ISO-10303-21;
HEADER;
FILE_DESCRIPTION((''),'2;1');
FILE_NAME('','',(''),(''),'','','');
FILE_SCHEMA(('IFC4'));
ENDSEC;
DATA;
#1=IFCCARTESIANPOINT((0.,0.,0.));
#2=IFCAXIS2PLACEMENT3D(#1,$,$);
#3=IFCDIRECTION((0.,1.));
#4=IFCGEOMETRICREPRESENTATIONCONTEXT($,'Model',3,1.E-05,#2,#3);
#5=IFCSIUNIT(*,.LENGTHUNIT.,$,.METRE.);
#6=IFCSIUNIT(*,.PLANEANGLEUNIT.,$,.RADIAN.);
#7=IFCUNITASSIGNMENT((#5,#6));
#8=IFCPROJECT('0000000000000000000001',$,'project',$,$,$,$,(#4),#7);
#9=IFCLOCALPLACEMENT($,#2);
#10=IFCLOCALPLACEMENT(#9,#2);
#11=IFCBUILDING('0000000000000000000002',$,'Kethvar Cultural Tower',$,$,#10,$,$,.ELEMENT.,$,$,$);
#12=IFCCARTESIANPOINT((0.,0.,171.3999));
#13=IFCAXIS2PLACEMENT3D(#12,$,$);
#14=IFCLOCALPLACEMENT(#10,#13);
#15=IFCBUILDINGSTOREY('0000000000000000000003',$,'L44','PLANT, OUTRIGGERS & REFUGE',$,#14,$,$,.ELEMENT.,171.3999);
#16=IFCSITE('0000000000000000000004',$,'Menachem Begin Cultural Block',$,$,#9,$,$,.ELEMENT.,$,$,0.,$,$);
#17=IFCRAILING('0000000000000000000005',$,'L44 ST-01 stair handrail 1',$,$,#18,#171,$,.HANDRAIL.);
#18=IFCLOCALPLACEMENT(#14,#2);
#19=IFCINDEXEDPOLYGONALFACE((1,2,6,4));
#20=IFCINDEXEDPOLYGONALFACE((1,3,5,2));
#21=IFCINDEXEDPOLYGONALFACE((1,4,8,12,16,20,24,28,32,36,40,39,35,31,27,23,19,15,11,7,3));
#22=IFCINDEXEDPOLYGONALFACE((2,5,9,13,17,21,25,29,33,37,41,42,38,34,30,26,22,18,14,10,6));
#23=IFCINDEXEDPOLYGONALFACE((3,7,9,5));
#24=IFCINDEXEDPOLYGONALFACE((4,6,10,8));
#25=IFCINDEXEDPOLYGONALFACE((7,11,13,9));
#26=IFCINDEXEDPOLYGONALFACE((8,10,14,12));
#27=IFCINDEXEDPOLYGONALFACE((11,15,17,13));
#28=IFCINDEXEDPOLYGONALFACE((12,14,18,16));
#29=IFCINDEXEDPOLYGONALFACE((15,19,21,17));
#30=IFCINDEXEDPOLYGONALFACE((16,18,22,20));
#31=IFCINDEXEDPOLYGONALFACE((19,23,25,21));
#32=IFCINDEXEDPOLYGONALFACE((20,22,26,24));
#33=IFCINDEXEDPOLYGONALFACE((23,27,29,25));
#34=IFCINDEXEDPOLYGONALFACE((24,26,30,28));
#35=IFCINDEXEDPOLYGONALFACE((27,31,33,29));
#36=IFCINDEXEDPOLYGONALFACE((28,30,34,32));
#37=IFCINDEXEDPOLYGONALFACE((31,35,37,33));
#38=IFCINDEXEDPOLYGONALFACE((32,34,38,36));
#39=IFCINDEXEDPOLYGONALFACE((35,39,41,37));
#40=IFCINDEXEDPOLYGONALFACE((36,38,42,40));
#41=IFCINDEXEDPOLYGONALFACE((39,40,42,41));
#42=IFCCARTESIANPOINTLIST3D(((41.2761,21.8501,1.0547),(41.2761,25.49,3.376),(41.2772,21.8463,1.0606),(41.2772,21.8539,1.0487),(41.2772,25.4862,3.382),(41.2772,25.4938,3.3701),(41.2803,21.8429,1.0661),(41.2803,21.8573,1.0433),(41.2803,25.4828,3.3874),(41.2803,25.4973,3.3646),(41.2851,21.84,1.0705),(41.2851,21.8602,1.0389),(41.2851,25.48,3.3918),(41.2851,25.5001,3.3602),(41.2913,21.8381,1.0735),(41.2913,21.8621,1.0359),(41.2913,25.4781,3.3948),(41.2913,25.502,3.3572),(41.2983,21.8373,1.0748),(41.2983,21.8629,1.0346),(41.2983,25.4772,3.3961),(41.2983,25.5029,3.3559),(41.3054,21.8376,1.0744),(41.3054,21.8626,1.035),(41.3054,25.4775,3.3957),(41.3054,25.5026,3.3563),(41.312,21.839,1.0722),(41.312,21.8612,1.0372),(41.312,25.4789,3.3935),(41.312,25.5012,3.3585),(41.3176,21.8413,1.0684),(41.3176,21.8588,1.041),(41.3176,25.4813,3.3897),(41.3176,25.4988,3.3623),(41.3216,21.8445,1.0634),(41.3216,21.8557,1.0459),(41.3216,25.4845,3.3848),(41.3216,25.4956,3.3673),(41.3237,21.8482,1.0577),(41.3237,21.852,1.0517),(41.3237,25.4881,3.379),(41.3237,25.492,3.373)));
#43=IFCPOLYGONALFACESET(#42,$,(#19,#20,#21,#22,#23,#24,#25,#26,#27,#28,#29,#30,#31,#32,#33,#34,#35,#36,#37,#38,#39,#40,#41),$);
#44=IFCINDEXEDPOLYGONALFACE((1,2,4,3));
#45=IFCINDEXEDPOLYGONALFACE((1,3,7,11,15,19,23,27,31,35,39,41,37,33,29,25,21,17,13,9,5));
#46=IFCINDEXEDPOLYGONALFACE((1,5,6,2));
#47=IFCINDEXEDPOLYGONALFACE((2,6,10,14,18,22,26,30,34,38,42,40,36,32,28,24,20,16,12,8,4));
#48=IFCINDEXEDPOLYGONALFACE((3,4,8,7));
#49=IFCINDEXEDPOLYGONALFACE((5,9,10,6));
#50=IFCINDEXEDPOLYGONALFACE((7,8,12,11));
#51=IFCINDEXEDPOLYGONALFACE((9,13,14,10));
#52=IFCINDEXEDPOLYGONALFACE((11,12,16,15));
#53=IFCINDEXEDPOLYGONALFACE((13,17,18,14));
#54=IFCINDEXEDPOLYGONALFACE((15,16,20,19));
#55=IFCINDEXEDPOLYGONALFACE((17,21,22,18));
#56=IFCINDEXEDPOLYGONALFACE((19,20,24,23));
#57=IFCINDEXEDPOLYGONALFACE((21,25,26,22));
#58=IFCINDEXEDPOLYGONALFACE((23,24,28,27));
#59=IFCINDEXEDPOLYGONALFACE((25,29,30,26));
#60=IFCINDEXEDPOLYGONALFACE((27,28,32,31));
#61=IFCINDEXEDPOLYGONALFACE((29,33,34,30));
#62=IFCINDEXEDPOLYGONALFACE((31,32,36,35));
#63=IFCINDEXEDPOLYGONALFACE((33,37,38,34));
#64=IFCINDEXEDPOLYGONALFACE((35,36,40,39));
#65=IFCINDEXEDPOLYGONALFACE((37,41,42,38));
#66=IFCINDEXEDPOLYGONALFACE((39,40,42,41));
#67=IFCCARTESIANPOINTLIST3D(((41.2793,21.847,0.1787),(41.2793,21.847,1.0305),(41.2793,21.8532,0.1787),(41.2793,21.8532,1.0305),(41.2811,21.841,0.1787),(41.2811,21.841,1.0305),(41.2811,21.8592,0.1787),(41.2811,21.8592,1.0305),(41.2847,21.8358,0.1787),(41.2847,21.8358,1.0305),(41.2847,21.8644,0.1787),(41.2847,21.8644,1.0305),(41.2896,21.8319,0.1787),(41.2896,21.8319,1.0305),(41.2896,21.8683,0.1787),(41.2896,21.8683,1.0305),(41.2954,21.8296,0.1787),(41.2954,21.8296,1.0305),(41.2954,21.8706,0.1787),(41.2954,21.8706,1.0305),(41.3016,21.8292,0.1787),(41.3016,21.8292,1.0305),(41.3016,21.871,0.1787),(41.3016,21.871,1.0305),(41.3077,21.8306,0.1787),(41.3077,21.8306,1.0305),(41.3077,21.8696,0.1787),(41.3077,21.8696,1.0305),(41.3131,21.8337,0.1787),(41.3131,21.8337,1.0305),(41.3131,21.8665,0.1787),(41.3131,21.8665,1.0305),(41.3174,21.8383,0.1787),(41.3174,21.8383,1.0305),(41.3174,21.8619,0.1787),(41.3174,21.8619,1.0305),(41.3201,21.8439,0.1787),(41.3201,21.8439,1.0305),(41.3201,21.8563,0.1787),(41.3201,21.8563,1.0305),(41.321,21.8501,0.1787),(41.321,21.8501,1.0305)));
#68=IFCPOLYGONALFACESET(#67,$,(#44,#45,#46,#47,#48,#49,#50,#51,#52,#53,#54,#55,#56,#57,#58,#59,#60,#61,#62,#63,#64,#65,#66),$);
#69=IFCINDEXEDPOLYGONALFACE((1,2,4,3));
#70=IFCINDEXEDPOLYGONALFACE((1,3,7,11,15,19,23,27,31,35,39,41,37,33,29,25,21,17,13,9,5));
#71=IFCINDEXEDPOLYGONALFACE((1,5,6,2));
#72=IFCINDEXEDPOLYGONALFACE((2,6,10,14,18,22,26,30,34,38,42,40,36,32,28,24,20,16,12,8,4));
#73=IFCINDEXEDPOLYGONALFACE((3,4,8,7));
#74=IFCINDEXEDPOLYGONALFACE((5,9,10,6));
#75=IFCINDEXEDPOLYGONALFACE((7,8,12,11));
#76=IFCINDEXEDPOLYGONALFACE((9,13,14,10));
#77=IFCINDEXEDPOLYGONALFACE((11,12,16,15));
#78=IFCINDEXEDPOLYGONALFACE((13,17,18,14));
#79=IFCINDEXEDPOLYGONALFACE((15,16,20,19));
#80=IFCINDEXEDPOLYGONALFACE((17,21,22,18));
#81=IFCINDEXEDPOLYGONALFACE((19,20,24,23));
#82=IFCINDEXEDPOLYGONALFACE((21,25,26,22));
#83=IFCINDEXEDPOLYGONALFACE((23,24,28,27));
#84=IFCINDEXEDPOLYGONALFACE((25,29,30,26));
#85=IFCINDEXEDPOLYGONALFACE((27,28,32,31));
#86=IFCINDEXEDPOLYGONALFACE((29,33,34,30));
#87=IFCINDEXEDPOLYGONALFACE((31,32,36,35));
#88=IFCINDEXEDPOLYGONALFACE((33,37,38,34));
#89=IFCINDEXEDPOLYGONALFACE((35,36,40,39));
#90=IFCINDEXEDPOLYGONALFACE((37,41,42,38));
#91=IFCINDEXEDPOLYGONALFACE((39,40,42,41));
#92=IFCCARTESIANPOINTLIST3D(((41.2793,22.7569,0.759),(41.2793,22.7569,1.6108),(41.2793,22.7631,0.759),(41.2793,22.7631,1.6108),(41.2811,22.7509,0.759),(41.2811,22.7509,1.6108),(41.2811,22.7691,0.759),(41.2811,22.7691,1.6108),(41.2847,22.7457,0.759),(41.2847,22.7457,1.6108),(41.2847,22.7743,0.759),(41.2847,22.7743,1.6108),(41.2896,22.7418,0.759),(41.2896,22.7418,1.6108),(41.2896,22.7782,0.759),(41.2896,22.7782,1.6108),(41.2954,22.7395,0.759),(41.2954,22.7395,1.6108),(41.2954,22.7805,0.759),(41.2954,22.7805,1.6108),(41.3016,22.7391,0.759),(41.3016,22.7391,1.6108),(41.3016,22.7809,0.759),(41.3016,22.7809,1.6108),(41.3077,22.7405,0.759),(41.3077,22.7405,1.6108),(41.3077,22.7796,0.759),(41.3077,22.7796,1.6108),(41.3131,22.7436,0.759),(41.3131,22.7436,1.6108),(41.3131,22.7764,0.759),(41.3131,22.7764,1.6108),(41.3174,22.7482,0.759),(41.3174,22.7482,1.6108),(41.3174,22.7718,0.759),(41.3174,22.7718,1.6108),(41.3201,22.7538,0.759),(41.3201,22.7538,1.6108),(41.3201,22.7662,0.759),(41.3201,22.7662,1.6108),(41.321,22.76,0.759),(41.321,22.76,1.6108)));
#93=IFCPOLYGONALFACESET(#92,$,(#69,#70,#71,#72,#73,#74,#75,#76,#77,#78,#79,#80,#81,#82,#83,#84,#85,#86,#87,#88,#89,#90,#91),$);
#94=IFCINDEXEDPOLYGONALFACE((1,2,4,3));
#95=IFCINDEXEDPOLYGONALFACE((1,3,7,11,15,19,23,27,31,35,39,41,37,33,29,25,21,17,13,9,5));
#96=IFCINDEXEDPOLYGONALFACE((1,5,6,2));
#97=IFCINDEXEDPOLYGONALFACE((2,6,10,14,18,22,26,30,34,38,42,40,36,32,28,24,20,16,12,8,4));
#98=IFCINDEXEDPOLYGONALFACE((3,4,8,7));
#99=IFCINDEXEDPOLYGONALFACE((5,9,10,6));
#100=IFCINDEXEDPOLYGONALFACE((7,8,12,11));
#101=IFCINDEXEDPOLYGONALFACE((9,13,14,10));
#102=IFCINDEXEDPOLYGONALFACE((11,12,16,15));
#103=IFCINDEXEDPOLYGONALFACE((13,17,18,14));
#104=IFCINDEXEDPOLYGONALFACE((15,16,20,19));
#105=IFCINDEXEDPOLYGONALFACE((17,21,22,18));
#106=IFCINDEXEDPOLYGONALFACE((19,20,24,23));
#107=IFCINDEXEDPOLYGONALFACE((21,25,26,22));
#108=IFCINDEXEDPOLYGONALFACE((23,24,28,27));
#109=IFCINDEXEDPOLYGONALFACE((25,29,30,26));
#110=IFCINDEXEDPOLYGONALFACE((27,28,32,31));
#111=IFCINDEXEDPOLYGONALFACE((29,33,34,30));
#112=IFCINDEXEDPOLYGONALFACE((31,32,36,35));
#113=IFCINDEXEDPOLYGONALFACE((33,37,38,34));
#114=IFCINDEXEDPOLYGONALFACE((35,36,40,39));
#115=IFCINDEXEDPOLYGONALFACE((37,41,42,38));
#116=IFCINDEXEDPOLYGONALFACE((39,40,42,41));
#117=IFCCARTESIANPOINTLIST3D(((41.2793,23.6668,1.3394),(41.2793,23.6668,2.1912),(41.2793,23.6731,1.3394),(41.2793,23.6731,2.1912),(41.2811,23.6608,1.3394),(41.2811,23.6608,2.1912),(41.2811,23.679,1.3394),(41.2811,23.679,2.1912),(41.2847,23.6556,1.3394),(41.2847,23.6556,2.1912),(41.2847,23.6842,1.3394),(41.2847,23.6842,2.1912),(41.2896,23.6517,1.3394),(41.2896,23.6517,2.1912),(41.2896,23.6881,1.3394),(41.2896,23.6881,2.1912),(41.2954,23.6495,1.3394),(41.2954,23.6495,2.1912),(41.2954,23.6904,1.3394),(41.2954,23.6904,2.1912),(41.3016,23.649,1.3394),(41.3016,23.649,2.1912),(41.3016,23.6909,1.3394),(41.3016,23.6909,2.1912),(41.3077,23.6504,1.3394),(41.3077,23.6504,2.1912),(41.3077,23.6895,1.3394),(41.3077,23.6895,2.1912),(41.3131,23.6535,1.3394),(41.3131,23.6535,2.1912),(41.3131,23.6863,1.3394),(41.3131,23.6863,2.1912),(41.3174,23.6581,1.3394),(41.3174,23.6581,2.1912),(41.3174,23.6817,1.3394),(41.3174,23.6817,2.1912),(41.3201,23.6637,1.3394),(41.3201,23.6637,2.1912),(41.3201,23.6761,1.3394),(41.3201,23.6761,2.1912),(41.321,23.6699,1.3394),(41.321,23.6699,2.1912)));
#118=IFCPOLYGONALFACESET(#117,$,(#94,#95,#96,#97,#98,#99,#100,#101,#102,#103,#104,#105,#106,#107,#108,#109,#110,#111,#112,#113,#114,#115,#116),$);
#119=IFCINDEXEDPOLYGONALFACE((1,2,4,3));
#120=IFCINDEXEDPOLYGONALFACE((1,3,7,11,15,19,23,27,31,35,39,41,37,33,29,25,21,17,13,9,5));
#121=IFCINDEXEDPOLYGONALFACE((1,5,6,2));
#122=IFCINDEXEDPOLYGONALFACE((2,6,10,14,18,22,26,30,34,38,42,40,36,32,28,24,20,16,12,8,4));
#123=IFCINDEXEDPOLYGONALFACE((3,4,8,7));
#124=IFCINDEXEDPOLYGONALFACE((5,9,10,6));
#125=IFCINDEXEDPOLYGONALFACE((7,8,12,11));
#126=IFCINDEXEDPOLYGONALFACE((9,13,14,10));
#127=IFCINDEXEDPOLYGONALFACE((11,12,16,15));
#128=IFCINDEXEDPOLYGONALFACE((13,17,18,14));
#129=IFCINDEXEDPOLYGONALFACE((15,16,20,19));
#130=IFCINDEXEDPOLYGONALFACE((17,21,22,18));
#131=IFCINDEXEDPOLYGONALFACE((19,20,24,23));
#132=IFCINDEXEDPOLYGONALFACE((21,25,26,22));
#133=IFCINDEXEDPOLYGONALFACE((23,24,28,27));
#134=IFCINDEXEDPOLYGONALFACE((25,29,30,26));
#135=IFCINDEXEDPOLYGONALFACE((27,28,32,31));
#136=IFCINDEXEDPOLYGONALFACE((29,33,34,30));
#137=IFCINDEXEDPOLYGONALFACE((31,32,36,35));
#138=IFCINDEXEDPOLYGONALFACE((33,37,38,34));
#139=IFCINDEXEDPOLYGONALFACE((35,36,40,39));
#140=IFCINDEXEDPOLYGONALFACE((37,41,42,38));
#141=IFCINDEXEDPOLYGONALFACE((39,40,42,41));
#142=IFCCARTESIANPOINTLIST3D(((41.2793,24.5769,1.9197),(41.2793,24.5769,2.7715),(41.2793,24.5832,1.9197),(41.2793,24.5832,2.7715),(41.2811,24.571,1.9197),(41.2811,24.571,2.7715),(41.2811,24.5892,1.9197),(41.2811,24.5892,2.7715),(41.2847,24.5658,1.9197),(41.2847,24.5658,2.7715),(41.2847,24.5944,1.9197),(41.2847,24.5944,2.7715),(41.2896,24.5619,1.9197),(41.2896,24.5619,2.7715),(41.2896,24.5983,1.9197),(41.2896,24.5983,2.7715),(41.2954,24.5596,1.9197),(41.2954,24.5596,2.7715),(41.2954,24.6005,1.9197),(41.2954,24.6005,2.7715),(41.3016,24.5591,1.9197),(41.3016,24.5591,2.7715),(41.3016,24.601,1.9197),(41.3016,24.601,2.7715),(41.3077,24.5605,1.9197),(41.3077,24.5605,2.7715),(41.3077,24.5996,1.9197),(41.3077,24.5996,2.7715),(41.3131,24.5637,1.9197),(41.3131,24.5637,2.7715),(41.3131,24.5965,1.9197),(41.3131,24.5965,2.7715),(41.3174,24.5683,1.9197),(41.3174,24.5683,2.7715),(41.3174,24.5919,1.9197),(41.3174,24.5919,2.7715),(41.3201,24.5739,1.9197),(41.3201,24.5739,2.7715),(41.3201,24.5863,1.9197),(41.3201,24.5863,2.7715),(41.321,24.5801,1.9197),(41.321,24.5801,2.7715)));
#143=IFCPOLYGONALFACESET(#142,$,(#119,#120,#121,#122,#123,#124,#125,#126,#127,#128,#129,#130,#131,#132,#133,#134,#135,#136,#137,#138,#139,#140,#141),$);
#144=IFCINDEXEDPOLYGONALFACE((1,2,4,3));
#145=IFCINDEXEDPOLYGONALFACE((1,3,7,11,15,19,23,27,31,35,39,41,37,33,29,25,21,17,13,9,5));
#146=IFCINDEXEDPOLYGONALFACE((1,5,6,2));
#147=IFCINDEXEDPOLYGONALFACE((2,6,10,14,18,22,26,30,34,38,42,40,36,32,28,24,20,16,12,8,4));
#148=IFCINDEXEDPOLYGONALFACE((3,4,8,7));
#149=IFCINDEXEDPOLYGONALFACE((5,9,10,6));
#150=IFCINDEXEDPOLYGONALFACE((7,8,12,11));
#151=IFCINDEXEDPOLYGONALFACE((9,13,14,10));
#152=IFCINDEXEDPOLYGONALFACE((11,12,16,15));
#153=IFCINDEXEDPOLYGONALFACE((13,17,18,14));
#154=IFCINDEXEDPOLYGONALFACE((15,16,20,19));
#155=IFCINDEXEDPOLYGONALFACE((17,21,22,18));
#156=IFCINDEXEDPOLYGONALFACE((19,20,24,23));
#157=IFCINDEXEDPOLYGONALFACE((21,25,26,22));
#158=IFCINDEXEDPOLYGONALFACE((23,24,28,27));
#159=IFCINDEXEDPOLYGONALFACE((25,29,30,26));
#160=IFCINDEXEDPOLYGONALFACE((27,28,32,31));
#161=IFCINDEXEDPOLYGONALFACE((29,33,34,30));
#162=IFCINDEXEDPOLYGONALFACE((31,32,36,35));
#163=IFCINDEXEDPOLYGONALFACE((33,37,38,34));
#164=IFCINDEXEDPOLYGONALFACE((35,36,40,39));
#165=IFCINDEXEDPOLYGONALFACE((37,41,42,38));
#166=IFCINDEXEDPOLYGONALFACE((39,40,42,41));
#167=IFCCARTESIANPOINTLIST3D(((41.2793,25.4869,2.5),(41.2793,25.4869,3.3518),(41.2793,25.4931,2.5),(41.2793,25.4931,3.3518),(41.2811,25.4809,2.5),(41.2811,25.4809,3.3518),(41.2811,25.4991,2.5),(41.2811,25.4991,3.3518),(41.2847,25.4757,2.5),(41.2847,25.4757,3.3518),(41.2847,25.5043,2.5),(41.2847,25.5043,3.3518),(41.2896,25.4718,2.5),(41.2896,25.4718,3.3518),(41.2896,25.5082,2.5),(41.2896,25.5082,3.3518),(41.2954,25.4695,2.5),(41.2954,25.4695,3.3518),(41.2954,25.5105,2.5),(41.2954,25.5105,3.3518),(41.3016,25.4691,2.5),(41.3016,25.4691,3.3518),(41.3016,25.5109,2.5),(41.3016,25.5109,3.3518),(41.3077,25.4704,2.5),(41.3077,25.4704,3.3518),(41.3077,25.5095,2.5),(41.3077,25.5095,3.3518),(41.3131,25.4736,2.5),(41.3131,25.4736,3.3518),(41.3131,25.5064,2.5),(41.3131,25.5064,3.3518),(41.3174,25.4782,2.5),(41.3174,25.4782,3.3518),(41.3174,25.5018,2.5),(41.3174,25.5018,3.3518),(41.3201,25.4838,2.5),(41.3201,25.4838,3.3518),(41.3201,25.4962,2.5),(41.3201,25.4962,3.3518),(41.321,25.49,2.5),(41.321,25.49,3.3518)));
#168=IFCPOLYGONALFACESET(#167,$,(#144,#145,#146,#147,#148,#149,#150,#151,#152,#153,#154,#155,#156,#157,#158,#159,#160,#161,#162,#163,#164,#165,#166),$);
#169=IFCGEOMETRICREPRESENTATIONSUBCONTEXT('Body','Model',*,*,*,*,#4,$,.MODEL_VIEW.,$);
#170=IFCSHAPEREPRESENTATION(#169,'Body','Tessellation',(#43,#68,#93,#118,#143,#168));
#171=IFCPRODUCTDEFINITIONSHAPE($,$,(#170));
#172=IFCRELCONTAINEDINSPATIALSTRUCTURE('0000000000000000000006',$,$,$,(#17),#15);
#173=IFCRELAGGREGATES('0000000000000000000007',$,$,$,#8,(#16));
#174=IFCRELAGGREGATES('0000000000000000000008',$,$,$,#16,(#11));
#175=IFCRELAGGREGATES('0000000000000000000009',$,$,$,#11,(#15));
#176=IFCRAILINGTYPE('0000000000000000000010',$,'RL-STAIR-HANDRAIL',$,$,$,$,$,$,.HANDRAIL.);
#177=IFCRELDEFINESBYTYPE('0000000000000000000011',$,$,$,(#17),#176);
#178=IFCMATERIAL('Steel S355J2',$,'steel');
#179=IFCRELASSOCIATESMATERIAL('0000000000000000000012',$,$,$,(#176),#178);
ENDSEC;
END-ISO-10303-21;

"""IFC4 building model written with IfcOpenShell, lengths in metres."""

from ifc_helpers import new_model, si_unit, direction, frame, origin, origin_2d, place, context, subcontext, project, spatial, circle, extrude, material, type_object, element, save


model = new_model("IFC4")

# Units and contexts
model_context = context("Model", 3, precision=1e-05, world=origin(), true_north=direction((0.0, 1.0)))
body_context = subcontext(model_context, "Body", "Model", "MODEL_VIEW")
ifc_project = project(units=[si_unit("LENGTHUNIT", "METRE"), si_unit("PLANEANGLEUNIT", "RADIAN")], contexts=[model_context])

# Site, building, storey
site_placement = place(None, origin())
site = spatial("IfcSite", under=ifc_project, at=site_placement, Name="Menachem Begin Cultural Block", CompositionType="ELEMENT", RefElevation=0.0)
building_placement = place(site_placement, origin())
building = spatial("IfcBuilding", under=site, at=building_placement, Name="Kethvar Cultural Tower", CompositionType="ELEMENT")
storey_placement = place(building_placement, frame((0.0, 0.0, 171.3999)))
storey = spatial("IfcBuildingStorey", under=building, at=storey_placement, Name="L44", Description="PLANT, OUTRIGGERS & REFUGE", CompositionType="ELEMENT", Elevation=171.3999)

# Shared definitions
ifc_material_1 = material(Name="Steel S355J2", Category="steel")

# Railing
railing_type_1 = type_object("IfcRailingType", Name="RL-STAIR-HANDRAIL", PredefinedType="HANDRAIL", material=ifc_material_1)
railing_1_placement = place(storey_placement, frame((41.3, 21.8501, 0.1787)))
element("IfcRailing", 1, at=railing_1_placement, inside=storey, type_object=railing_type_1, Name="L44 ST-01 stair handrail 1", PredefinedType="HANDRAIL", context=body_context, shape_type="SweptSolid", body=[
    extrude(circle(Radius=0.0239, at=origin_2d()), frame((0.0, 0.0, 0.876), z_axis=(0.0, 0.843137, 0.537699), x_axis=(-1.0, 0.0, 0.0)), (0.0, 0.0, 1.0), 4.3171),
    extrude(circle(Radius=0.021, at=origin_2d()), origin(), (0.0, 0.0, 1.0), 0.8518),
    extrude(circle(Radius=0.021, at=origin_2d()), frame((0.0, 0.9099, 0.5803)), (0.0, 0.0, 1.0), 0.8518),
    extrude(circle(Radius=0.021, at=origin_2d()), frame((0.0, 1.8198, 1.1606)), (0.0, 0.0, 1.0), 0.8518),
    extrude(circle(Radius=0.021, at=origin_2d()), frame((0.0, 2.73, 1.741)), (0.0, 0.0, 1.0), 0.8518),
    extrude(circle(Radius=0.021, at=origin_2d()), frame((0.0, 3.6399, 2.3213)), (0.0, 0.0, 1.0), 0.8518),
])

save(model, "model.ifc")
